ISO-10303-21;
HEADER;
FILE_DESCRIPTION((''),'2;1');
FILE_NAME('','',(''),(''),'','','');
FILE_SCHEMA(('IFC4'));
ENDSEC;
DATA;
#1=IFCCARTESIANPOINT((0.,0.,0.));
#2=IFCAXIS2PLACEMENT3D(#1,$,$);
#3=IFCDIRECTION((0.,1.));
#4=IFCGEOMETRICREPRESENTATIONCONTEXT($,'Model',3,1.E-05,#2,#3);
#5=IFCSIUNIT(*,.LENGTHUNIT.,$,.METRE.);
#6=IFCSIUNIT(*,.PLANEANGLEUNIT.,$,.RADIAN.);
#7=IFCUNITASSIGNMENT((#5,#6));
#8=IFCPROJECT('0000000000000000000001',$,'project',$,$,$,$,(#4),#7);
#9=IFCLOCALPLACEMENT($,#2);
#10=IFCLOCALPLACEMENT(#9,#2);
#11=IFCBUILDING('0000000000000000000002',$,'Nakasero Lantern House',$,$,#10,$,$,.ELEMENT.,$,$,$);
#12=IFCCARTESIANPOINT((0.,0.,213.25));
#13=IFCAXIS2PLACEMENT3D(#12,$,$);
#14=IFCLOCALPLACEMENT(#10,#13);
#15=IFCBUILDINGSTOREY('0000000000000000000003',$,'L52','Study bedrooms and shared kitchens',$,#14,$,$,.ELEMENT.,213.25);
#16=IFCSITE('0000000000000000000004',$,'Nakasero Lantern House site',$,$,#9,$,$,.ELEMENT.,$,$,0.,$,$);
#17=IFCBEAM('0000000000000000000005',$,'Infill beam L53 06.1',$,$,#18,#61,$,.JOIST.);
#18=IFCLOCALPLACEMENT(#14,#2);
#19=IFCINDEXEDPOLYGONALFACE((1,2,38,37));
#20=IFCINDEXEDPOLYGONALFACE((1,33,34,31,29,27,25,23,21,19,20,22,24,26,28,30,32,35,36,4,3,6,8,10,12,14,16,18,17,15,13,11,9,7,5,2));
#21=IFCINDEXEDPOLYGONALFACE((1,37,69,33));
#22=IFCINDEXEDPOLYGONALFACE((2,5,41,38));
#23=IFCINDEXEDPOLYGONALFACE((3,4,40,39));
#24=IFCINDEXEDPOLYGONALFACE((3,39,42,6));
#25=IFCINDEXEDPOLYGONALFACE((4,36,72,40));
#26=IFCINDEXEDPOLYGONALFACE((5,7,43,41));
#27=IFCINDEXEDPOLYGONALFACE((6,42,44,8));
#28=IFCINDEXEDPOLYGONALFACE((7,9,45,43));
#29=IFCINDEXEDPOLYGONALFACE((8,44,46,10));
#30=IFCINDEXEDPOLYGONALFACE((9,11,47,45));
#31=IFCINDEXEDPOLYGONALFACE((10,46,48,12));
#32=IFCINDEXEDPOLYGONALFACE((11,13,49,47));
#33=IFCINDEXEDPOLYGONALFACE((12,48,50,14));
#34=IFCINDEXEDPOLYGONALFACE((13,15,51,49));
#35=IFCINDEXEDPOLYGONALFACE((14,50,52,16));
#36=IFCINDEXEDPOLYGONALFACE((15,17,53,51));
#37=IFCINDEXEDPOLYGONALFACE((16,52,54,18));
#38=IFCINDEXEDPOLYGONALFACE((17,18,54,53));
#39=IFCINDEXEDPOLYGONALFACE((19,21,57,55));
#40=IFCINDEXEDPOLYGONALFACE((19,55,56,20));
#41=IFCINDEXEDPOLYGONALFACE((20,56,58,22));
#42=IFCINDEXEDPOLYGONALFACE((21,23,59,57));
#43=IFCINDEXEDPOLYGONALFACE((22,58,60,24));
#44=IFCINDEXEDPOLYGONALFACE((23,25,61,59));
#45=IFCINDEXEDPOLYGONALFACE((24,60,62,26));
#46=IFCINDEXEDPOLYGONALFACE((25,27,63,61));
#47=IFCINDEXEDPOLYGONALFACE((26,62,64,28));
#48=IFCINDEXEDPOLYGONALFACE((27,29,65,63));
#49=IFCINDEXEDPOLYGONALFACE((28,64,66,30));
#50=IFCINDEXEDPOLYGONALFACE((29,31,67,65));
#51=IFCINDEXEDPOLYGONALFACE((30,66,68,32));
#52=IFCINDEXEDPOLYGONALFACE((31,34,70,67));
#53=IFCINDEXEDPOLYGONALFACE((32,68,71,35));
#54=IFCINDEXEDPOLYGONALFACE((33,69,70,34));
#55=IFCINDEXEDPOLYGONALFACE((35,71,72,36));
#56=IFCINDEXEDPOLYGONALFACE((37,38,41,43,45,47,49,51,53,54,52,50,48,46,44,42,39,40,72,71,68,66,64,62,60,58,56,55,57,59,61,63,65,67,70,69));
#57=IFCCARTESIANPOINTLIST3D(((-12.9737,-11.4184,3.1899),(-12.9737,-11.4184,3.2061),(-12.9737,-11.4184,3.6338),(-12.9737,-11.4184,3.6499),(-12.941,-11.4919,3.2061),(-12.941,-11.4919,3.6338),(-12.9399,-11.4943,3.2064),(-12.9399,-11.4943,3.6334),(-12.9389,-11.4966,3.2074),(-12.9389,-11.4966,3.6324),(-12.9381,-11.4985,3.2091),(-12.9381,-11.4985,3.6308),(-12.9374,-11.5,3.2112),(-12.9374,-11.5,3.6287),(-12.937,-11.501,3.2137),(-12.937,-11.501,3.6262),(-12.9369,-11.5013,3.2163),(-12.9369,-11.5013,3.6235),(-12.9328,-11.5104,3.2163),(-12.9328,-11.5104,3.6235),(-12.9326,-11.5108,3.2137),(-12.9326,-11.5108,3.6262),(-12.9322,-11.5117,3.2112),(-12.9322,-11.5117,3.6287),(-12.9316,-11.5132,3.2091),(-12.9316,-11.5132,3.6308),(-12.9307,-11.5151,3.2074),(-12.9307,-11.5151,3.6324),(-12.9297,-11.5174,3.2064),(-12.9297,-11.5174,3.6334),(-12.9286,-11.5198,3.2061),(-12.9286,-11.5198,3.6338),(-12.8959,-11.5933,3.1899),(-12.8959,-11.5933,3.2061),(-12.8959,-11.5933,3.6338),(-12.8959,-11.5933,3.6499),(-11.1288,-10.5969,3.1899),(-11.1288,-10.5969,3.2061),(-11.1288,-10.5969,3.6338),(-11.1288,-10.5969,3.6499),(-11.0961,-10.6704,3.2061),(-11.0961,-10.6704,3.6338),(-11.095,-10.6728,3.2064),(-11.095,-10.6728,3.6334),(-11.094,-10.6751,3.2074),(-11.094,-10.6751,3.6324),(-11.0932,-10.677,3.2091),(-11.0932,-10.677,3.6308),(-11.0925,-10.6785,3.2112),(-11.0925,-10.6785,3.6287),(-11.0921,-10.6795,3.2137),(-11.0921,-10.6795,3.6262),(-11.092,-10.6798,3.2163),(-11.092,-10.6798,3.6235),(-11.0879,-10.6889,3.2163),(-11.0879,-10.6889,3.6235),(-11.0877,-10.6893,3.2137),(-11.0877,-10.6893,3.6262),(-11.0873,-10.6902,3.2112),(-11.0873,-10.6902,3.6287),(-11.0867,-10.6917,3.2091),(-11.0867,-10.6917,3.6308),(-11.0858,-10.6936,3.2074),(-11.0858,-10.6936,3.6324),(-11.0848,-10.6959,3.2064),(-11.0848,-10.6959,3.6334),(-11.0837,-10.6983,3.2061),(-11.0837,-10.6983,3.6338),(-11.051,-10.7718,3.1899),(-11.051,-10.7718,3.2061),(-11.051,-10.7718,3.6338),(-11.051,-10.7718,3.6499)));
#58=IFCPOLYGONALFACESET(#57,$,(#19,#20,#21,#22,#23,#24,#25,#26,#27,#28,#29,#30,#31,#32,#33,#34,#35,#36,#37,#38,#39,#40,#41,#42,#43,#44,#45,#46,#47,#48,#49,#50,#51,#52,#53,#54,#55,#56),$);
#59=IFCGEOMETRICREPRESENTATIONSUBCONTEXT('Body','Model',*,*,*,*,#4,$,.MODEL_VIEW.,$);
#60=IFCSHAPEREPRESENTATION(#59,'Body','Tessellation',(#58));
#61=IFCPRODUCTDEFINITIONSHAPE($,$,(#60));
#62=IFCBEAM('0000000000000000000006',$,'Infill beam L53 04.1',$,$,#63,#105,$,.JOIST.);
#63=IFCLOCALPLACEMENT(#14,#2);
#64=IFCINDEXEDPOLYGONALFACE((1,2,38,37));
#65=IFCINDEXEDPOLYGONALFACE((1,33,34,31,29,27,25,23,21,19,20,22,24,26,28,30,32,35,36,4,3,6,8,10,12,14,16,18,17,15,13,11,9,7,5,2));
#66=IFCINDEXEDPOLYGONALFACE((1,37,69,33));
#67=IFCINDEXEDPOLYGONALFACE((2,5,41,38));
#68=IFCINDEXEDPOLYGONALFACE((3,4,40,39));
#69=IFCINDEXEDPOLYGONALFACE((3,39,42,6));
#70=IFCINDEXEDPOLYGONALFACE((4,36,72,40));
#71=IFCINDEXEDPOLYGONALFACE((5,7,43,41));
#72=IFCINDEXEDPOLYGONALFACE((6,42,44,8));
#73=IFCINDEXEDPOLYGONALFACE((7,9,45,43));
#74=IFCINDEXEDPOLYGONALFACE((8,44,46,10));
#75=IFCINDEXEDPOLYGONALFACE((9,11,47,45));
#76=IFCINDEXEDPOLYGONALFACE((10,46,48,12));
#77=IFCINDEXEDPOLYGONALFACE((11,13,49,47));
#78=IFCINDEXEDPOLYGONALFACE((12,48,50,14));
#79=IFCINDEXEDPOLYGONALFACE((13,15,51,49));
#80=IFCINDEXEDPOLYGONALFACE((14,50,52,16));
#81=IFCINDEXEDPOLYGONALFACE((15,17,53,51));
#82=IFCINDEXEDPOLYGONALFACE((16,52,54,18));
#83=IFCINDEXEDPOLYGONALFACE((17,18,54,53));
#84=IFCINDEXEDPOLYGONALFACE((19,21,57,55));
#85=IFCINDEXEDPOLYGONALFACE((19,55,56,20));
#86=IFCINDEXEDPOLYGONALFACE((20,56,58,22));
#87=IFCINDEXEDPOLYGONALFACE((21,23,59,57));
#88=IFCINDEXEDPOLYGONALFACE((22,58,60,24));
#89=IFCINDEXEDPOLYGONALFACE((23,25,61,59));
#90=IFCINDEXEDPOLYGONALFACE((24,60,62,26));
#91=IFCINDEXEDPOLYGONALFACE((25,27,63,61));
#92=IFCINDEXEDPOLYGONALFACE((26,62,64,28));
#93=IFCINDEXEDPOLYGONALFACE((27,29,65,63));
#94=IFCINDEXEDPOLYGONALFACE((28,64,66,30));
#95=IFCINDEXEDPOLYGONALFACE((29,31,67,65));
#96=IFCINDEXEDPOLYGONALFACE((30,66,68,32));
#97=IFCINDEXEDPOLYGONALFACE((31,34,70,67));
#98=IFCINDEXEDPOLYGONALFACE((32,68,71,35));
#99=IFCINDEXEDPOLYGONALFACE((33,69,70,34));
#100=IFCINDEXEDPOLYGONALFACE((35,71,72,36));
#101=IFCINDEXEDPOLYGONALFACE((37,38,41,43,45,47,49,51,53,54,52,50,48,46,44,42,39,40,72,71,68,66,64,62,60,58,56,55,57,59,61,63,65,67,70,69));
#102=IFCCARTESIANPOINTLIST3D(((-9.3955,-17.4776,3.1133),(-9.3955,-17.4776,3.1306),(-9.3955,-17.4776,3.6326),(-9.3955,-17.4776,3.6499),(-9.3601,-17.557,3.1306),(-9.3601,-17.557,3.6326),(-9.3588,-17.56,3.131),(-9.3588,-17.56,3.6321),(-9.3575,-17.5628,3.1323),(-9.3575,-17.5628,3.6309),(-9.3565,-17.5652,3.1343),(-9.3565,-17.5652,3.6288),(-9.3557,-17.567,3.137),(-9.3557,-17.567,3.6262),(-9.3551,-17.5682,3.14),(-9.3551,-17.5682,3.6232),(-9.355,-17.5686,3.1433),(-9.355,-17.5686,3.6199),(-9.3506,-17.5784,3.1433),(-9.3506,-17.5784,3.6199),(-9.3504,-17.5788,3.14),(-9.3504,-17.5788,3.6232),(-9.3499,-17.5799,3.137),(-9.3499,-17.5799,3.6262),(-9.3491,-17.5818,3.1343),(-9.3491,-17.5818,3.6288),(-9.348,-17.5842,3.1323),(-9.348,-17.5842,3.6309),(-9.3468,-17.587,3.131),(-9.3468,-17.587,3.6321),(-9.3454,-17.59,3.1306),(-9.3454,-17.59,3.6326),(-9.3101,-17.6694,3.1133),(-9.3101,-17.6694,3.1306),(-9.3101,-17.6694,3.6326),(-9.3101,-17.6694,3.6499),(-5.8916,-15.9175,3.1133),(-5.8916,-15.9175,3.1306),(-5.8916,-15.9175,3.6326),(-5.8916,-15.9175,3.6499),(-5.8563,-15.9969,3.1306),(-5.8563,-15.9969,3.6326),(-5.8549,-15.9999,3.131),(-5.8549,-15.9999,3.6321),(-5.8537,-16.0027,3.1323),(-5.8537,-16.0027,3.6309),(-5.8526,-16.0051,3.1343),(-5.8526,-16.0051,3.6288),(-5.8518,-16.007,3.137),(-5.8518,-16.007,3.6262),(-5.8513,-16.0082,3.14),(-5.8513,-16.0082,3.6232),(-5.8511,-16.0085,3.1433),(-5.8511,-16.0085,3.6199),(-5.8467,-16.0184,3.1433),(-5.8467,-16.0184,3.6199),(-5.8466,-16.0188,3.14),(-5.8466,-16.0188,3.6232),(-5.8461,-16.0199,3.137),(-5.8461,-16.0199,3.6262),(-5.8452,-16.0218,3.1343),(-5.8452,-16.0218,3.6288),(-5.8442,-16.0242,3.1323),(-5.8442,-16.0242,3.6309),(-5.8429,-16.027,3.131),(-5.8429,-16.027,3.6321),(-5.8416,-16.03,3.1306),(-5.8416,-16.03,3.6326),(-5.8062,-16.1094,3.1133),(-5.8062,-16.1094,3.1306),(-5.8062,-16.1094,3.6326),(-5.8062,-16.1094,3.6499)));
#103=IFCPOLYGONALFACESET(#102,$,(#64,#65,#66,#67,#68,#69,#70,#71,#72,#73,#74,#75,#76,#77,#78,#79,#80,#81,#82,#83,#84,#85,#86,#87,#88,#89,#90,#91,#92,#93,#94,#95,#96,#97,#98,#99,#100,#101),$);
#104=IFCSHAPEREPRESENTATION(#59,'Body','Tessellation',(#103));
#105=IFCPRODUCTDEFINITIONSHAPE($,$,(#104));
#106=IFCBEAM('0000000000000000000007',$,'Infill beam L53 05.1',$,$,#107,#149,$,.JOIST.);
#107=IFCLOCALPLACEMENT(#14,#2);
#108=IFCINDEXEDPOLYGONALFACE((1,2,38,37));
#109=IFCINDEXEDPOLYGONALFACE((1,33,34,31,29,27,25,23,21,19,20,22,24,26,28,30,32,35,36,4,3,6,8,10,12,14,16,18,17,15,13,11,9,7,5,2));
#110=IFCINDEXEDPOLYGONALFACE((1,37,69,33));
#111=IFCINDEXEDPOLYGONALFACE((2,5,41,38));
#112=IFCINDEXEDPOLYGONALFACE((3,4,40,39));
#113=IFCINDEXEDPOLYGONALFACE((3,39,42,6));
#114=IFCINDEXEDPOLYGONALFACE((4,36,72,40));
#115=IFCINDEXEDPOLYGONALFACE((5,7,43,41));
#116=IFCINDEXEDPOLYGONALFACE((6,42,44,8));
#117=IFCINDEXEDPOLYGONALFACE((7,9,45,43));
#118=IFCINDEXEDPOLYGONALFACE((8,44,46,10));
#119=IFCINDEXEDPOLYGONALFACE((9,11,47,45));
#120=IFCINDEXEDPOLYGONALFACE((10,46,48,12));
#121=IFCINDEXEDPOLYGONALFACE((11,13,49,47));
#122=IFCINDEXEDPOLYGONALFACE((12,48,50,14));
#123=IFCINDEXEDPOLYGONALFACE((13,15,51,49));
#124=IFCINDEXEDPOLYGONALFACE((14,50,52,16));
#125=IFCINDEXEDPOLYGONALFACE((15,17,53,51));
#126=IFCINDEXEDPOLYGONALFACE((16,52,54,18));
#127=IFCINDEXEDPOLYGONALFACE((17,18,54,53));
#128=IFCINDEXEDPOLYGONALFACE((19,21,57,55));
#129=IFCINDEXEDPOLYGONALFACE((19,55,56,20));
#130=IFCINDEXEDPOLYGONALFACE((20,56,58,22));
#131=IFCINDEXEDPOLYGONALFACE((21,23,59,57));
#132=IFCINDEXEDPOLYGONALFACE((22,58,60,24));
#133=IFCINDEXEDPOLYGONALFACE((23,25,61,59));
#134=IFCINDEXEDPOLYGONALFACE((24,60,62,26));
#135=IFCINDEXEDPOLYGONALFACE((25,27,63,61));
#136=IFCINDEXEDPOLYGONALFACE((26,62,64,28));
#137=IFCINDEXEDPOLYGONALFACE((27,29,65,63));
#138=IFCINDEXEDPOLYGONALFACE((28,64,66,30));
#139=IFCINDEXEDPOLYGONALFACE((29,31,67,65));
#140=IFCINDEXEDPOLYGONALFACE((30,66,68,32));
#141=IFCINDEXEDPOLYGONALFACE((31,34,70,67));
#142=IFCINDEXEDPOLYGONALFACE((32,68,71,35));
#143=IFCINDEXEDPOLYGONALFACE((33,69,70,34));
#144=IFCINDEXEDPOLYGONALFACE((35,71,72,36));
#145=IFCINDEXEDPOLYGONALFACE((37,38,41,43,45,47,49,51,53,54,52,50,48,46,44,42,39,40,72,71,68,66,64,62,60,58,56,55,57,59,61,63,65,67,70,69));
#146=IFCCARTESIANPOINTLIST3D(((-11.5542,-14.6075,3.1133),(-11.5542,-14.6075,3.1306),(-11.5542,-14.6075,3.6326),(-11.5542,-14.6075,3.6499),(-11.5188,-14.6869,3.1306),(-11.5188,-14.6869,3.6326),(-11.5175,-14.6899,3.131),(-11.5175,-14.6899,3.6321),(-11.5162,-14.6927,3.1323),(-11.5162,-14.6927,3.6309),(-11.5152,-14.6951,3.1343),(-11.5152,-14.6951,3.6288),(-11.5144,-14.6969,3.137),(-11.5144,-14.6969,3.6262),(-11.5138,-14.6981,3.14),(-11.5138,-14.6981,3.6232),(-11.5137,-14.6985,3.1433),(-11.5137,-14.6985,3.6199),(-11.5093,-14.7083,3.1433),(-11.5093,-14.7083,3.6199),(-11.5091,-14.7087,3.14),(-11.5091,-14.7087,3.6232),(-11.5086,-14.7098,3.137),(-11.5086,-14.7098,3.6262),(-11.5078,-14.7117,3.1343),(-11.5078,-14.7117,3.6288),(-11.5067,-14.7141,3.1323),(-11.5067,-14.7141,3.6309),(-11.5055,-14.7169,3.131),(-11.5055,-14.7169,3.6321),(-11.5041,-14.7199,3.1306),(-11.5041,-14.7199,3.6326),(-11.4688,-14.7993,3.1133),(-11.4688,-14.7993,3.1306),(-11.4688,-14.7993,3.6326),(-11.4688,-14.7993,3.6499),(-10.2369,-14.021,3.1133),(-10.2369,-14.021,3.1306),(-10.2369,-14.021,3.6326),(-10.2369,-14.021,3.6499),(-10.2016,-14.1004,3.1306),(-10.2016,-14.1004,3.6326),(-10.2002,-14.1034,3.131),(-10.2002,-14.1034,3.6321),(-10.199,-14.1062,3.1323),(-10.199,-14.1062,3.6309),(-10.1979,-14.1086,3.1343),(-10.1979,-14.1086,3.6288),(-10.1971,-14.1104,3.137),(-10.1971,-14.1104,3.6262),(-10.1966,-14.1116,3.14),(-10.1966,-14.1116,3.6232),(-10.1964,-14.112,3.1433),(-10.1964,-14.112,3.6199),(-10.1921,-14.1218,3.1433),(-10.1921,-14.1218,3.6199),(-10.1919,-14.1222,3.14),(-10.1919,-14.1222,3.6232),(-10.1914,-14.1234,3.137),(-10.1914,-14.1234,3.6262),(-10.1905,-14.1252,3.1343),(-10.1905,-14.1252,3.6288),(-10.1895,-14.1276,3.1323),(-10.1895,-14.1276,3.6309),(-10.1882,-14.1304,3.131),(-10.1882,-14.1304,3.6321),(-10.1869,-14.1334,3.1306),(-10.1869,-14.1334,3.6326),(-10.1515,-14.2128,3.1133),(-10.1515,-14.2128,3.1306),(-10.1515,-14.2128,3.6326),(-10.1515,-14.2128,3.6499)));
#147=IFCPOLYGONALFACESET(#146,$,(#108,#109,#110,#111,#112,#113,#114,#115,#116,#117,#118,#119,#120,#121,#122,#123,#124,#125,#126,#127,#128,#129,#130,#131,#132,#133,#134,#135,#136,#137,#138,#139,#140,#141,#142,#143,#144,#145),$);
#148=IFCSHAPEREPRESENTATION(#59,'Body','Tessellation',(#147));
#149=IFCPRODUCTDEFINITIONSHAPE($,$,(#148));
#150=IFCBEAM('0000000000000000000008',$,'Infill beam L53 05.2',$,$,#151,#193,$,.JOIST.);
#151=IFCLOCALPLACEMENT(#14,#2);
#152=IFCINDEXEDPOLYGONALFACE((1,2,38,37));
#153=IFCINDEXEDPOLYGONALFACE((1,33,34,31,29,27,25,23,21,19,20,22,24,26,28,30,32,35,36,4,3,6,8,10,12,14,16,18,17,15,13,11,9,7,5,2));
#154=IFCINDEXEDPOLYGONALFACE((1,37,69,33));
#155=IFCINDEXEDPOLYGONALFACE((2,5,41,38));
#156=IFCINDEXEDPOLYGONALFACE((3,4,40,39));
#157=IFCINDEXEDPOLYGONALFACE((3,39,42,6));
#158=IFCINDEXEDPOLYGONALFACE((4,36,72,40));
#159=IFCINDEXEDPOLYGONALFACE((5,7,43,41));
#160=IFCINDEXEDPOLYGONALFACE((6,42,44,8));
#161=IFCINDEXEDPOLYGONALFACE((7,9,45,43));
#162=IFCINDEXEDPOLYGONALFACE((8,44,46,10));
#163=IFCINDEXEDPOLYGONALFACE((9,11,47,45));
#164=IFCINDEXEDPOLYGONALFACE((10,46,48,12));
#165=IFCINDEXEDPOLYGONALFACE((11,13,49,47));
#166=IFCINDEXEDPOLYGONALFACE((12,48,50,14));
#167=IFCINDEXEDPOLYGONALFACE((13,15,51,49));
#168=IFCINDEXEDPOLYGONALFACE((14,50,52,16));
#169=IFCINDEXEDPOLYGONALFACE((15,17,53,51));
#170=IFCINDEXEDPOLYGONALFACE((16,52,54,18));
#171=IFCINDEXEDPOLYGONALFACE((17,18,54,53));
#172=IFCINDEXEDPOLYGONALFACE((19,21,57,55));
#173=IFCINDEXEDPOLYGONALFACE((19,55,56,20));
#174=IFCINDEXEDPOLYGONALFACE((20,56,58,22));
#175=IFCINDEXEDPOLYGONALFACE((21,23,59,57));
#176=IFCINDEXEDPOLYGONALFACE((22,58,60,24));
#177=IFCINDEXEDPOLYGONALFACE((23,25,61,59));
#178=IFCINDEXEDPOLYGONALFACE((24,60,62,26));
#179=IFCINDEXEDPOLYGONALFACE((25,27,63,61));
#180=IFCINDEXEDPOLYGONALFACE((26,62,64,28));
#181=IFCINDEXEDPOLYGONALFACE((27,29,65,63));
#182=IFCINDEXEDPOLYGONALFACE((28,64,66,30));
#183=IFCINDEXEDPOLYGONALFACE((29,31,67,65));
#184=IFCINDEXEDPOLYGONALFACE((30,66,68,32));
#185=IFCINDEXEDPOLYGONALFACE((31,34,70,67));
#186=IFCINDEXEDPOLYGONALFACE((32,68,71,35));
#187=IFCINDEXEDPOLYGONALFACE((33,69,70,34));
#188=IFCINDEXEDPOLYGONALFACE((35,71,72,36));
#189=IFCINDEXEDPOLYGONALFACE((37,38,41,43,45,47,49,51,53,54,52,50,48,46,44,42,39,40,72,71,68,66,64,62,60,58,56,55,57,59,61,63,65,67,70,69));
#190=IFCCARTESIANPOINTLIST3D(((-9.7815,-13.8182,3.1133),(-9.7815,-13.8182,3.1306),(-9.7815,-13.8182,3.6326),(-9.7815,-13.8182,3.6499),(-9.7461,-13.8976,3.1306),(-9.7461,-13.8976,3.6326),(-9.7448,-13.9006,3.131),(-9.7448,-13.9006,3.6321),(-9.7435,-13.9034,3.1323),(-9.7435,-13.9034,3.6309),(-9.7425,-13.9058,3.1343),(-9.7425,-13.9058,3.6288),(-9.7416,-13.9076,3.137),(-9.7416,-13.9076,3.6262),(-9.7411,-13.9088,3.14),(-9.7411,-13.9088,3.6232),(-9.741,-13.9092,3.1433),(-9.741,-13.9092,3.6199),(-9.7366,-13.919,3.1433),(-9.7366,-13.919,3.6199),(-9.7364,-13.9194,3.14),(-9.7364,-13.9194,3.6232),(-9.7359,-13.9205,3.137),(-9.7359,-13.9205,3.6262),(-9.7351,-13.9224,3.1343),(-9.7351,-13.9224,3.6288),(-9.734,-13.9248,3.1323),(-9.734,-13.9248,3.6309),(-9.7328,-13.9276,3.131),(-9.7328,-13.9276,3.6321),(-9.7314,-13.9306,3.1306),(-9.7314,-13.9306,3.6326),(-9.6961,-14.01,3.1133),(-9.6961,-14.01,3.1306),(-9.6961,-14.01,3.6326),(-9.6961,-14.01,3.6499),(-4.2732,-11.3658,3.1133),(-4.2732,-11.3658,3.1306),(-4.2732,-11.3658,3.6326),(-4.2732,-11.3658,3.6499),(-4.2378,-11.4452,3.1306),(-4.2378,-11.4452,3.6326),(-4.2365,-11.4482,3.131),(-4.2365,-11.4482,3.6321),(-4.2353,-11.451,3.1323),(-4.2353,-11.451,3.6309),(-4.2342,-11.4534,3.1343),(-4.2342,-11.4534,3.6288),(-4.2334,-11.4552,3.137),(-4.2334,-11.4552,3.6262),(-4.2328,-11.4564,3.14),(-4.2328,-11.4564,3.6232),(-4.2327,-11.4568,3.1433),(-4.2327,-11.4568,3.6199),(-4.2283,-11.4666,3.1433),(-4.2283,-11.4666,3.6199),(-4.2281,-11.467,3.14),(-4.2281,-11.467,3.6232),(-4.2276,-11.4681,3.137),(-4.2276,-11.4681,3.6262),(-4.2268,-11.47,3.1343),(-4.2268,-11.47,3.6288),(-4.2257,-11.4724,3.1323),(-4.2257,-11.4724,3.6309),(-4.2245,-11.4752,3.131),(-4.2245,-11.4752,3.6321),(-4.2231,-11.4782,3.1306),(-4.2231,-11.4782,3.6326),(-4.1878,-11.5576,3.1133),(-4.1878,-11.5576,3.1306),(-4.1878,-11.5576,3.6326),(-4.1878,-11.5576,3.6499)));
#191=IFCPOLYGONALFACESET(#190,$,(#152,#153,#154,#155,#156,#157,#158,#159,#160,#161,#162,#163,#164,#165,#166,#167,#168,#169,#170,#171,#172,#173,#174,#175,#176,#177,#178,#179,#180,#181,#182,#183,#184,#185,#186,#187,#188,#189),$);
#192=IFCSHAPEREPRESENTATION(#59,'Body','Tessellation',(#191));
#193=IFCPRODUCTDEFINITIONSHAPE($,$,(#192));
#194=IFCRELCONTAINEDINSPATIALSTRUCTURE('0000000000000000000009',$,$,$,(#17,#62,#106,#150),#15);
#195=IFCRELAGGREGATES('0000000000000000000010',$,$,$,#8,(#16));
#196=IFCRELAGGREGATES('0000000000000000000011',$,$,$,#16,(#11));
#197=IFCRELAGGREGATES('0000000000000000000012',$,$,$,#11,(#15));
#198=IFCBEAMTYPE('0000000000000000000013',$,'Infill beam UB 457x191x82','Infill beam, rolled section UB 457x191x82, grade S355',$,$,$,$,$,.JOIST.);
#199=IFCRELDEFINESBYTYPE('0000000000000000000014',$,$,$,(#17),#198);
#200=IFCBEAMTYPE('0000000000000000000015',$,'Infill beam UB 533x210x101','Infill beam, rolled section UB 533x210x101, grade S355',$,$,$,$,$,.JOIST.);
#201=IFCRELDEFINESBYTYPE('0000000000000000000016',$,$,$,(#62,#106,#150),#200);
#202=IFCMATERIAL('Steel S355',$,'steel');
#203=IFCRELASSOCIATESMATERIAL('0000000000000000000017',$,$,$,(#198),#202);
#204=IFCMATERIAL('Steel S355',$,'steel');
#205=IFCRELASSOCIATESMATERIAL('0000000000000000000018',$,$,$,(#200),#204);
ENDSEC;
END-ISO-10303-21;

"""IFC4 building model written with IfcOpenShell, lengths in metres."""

from ifc_helpers import new_model, si_unit, direction, frame, origin, origin_2d, place, context, subcontext, project, spatial, i_section, extrude, material, material_profile, profile_set, type_object, element, save


model = new_model("IFC4")

# Units and contexts
model_context = context("Model", 3, precision=1e-05, world=origin(), true_north=direction((0.0, 1.0)))
body_context = subcontext(model_context, "Body", "Model", "MODEL_VIEW")
ifc_project = project(units=[si_unit("LENGTHUNIT", "METRE"), si_unit("PLANEANGLEUNIT", "RADIAN")], contexts=[model_context])

# Site, building, storey
site_placement = place(None, origin())
site = spatial("IfcSite", under=ifc_project, at=site_placement, Name="Nakasero Lantern House site", CompositionType="ELEMENT", RefElevation=0.0)
building_placement = place(site_placement, origin())
building = spatial("IfcBuilding", under=site, at=building_placement, Name="Nakasero Lantern House", CompositionType="ELEMENT")
storey_placement = place(building_placement, frame((0.0, 0.0, 213.25)))
storey = spatial("IfcBuildingStorey", under=building, at=storey_placement, Name="L52", Description="Study bedrooms and shared kitchens", CompositionType="ELEMENT", Elevation=213.25)

# Beams
ifc_material_1 = material(Name="Steel S355", Category="steel")
ifc_material_profile_1 = material_profile(ifc_material_1, i_section(OverallWidth=0.1914, OverallDepth=0.46, WebThickness=0.01, FlangeThickness=0.0161, FilletRadius=0.0103, at=origin_2d()), Name="UB 457x191x82")
ifc_profile_set_1 = profile_set([ifc_material_profile_1], Name="Steel S355")
beam_type_1 = type_object("IfcBeamType", Name="Infill beam UB 457x191x82", Description="Infill beam, rolled section UB 457x191x82, grade S355", PredefinedType="JOIST", material=ifc_profile_set_1)
beam_1_placement = place(storey_placement, frame((-12.9348, -11.5059, 3.4199), z_axis=(0.913527, 0.406778, 0.0), x_axis=(-0.406778, 0.913527, 0.0)))
element("IfcBeam", 1, at=beam_1_placement, inside=storey, type_object=beam_type_1, Name="Infill beam L53 06.1", PredefinedType="JOIST", context=body_context, shape_type="SweptSolid", body=[
    extrude(i_section(OverallWidth=0.1914, OverallDepth=0.46, WebThickness=0.01, FlangeThickness=0.0161, FilletRadius=0.0103, at=origin_2d()), origin(), (0.0, 0.0, 1.0), 2.0195),
])
ifc_material_2 = material(Name="Steel S355", Category="steel")
ifc_material_profile_2 = material_profile(ifc_material_2, i_section(OverallWidth=0.21, OverallDepth=0.5366, WebThickness=0.0107, FlangeThickness=0.0173, FilletRadius=0.0127, at=origin_2d()), Name="UB 533x210x101")
ifc_profile_set_2 = profile_set([ifc_material_profile_2], Name="Steel S355")
beam_type_2 = type_object("IfcBeamType", Name="Infill beam UB 533x210x101", Description="Infill beam, rolled section UB 533x210x101, grade S355", PredefinedType="JOIST", material=ifc_profile_set_2)
beam_2_placement = place(storey_placement, frame((-9.3528, -17.5735, 3.3816), z_axis=(0.913544, 0.406741, 0.0), x_axis=(-0.406741, 0.913544, 0.0)))
element("IfcBeam", 2, at=beam_2_placement, inside=storey, type_object=beam_type_2, Name="Infill beam L53 04.1", PredefinedType="JOIST", context=body_context, shape_type="SweptSolid", body=[
    extrude(i_section(OverallWidth=0.21, OverallDepth=0.5366, WebThickness=0.0107, FlangeThickness=0.0173, FilletRadius=0.0127, at=origin_2d()), origin(), (0.0, 0.0, 1.0), 3.8354),
])
beam_3_placement = place(storey_placement, frame((-11.5115, -14.7034, 3.3816), z_axis=(0.913546, 0.406735, 0.0), x_axis=(-0.406735, 0.913546, 0.0)))
element("IfcBeam", 3, at=beam_3_placement, inside=storey, type_object=beam_type_2, Name="Infill beam L53 05.1", PredefinedType="JOIST", context=body_context, shape_type="SweptSolid", body=[
    extrude(i_section(OverallWidth=0.21, OverallDepth=0.5366, WebThickness=0.0107, FlangeThickness=0.0173, FilletRadius=0.0127, at=origin_2d()), origin(), (0.0, 0.0, 1.0), 1.4419),
])
beam_4_placement = place(storey_placement, frame((-9.7388, -13.9141, 3.3816), z_axis=(0.913549, 0.406728, 0.0), x_axis=(-0.406728, 0.913549, 0.0)))
element("IfcBeam", 4, at=beam_4_placement, inside=storey, type_object=beam_type_2, Name="Infill beam L53 05.2", PredefinedType="JOIST", context=body_context, shape_type="SweptSolid", body=[
    extrude(i_section(OverallWidth=0.21, OverallDepth=0.5366, WebThickness=0.0107, FlangeThickness=0.0173, FilletRadius=0.0127, at=origin_2d()), origin(), (0.0, 0.0, 1.0), 6.0295),
])

save(model, "model.ifc")
